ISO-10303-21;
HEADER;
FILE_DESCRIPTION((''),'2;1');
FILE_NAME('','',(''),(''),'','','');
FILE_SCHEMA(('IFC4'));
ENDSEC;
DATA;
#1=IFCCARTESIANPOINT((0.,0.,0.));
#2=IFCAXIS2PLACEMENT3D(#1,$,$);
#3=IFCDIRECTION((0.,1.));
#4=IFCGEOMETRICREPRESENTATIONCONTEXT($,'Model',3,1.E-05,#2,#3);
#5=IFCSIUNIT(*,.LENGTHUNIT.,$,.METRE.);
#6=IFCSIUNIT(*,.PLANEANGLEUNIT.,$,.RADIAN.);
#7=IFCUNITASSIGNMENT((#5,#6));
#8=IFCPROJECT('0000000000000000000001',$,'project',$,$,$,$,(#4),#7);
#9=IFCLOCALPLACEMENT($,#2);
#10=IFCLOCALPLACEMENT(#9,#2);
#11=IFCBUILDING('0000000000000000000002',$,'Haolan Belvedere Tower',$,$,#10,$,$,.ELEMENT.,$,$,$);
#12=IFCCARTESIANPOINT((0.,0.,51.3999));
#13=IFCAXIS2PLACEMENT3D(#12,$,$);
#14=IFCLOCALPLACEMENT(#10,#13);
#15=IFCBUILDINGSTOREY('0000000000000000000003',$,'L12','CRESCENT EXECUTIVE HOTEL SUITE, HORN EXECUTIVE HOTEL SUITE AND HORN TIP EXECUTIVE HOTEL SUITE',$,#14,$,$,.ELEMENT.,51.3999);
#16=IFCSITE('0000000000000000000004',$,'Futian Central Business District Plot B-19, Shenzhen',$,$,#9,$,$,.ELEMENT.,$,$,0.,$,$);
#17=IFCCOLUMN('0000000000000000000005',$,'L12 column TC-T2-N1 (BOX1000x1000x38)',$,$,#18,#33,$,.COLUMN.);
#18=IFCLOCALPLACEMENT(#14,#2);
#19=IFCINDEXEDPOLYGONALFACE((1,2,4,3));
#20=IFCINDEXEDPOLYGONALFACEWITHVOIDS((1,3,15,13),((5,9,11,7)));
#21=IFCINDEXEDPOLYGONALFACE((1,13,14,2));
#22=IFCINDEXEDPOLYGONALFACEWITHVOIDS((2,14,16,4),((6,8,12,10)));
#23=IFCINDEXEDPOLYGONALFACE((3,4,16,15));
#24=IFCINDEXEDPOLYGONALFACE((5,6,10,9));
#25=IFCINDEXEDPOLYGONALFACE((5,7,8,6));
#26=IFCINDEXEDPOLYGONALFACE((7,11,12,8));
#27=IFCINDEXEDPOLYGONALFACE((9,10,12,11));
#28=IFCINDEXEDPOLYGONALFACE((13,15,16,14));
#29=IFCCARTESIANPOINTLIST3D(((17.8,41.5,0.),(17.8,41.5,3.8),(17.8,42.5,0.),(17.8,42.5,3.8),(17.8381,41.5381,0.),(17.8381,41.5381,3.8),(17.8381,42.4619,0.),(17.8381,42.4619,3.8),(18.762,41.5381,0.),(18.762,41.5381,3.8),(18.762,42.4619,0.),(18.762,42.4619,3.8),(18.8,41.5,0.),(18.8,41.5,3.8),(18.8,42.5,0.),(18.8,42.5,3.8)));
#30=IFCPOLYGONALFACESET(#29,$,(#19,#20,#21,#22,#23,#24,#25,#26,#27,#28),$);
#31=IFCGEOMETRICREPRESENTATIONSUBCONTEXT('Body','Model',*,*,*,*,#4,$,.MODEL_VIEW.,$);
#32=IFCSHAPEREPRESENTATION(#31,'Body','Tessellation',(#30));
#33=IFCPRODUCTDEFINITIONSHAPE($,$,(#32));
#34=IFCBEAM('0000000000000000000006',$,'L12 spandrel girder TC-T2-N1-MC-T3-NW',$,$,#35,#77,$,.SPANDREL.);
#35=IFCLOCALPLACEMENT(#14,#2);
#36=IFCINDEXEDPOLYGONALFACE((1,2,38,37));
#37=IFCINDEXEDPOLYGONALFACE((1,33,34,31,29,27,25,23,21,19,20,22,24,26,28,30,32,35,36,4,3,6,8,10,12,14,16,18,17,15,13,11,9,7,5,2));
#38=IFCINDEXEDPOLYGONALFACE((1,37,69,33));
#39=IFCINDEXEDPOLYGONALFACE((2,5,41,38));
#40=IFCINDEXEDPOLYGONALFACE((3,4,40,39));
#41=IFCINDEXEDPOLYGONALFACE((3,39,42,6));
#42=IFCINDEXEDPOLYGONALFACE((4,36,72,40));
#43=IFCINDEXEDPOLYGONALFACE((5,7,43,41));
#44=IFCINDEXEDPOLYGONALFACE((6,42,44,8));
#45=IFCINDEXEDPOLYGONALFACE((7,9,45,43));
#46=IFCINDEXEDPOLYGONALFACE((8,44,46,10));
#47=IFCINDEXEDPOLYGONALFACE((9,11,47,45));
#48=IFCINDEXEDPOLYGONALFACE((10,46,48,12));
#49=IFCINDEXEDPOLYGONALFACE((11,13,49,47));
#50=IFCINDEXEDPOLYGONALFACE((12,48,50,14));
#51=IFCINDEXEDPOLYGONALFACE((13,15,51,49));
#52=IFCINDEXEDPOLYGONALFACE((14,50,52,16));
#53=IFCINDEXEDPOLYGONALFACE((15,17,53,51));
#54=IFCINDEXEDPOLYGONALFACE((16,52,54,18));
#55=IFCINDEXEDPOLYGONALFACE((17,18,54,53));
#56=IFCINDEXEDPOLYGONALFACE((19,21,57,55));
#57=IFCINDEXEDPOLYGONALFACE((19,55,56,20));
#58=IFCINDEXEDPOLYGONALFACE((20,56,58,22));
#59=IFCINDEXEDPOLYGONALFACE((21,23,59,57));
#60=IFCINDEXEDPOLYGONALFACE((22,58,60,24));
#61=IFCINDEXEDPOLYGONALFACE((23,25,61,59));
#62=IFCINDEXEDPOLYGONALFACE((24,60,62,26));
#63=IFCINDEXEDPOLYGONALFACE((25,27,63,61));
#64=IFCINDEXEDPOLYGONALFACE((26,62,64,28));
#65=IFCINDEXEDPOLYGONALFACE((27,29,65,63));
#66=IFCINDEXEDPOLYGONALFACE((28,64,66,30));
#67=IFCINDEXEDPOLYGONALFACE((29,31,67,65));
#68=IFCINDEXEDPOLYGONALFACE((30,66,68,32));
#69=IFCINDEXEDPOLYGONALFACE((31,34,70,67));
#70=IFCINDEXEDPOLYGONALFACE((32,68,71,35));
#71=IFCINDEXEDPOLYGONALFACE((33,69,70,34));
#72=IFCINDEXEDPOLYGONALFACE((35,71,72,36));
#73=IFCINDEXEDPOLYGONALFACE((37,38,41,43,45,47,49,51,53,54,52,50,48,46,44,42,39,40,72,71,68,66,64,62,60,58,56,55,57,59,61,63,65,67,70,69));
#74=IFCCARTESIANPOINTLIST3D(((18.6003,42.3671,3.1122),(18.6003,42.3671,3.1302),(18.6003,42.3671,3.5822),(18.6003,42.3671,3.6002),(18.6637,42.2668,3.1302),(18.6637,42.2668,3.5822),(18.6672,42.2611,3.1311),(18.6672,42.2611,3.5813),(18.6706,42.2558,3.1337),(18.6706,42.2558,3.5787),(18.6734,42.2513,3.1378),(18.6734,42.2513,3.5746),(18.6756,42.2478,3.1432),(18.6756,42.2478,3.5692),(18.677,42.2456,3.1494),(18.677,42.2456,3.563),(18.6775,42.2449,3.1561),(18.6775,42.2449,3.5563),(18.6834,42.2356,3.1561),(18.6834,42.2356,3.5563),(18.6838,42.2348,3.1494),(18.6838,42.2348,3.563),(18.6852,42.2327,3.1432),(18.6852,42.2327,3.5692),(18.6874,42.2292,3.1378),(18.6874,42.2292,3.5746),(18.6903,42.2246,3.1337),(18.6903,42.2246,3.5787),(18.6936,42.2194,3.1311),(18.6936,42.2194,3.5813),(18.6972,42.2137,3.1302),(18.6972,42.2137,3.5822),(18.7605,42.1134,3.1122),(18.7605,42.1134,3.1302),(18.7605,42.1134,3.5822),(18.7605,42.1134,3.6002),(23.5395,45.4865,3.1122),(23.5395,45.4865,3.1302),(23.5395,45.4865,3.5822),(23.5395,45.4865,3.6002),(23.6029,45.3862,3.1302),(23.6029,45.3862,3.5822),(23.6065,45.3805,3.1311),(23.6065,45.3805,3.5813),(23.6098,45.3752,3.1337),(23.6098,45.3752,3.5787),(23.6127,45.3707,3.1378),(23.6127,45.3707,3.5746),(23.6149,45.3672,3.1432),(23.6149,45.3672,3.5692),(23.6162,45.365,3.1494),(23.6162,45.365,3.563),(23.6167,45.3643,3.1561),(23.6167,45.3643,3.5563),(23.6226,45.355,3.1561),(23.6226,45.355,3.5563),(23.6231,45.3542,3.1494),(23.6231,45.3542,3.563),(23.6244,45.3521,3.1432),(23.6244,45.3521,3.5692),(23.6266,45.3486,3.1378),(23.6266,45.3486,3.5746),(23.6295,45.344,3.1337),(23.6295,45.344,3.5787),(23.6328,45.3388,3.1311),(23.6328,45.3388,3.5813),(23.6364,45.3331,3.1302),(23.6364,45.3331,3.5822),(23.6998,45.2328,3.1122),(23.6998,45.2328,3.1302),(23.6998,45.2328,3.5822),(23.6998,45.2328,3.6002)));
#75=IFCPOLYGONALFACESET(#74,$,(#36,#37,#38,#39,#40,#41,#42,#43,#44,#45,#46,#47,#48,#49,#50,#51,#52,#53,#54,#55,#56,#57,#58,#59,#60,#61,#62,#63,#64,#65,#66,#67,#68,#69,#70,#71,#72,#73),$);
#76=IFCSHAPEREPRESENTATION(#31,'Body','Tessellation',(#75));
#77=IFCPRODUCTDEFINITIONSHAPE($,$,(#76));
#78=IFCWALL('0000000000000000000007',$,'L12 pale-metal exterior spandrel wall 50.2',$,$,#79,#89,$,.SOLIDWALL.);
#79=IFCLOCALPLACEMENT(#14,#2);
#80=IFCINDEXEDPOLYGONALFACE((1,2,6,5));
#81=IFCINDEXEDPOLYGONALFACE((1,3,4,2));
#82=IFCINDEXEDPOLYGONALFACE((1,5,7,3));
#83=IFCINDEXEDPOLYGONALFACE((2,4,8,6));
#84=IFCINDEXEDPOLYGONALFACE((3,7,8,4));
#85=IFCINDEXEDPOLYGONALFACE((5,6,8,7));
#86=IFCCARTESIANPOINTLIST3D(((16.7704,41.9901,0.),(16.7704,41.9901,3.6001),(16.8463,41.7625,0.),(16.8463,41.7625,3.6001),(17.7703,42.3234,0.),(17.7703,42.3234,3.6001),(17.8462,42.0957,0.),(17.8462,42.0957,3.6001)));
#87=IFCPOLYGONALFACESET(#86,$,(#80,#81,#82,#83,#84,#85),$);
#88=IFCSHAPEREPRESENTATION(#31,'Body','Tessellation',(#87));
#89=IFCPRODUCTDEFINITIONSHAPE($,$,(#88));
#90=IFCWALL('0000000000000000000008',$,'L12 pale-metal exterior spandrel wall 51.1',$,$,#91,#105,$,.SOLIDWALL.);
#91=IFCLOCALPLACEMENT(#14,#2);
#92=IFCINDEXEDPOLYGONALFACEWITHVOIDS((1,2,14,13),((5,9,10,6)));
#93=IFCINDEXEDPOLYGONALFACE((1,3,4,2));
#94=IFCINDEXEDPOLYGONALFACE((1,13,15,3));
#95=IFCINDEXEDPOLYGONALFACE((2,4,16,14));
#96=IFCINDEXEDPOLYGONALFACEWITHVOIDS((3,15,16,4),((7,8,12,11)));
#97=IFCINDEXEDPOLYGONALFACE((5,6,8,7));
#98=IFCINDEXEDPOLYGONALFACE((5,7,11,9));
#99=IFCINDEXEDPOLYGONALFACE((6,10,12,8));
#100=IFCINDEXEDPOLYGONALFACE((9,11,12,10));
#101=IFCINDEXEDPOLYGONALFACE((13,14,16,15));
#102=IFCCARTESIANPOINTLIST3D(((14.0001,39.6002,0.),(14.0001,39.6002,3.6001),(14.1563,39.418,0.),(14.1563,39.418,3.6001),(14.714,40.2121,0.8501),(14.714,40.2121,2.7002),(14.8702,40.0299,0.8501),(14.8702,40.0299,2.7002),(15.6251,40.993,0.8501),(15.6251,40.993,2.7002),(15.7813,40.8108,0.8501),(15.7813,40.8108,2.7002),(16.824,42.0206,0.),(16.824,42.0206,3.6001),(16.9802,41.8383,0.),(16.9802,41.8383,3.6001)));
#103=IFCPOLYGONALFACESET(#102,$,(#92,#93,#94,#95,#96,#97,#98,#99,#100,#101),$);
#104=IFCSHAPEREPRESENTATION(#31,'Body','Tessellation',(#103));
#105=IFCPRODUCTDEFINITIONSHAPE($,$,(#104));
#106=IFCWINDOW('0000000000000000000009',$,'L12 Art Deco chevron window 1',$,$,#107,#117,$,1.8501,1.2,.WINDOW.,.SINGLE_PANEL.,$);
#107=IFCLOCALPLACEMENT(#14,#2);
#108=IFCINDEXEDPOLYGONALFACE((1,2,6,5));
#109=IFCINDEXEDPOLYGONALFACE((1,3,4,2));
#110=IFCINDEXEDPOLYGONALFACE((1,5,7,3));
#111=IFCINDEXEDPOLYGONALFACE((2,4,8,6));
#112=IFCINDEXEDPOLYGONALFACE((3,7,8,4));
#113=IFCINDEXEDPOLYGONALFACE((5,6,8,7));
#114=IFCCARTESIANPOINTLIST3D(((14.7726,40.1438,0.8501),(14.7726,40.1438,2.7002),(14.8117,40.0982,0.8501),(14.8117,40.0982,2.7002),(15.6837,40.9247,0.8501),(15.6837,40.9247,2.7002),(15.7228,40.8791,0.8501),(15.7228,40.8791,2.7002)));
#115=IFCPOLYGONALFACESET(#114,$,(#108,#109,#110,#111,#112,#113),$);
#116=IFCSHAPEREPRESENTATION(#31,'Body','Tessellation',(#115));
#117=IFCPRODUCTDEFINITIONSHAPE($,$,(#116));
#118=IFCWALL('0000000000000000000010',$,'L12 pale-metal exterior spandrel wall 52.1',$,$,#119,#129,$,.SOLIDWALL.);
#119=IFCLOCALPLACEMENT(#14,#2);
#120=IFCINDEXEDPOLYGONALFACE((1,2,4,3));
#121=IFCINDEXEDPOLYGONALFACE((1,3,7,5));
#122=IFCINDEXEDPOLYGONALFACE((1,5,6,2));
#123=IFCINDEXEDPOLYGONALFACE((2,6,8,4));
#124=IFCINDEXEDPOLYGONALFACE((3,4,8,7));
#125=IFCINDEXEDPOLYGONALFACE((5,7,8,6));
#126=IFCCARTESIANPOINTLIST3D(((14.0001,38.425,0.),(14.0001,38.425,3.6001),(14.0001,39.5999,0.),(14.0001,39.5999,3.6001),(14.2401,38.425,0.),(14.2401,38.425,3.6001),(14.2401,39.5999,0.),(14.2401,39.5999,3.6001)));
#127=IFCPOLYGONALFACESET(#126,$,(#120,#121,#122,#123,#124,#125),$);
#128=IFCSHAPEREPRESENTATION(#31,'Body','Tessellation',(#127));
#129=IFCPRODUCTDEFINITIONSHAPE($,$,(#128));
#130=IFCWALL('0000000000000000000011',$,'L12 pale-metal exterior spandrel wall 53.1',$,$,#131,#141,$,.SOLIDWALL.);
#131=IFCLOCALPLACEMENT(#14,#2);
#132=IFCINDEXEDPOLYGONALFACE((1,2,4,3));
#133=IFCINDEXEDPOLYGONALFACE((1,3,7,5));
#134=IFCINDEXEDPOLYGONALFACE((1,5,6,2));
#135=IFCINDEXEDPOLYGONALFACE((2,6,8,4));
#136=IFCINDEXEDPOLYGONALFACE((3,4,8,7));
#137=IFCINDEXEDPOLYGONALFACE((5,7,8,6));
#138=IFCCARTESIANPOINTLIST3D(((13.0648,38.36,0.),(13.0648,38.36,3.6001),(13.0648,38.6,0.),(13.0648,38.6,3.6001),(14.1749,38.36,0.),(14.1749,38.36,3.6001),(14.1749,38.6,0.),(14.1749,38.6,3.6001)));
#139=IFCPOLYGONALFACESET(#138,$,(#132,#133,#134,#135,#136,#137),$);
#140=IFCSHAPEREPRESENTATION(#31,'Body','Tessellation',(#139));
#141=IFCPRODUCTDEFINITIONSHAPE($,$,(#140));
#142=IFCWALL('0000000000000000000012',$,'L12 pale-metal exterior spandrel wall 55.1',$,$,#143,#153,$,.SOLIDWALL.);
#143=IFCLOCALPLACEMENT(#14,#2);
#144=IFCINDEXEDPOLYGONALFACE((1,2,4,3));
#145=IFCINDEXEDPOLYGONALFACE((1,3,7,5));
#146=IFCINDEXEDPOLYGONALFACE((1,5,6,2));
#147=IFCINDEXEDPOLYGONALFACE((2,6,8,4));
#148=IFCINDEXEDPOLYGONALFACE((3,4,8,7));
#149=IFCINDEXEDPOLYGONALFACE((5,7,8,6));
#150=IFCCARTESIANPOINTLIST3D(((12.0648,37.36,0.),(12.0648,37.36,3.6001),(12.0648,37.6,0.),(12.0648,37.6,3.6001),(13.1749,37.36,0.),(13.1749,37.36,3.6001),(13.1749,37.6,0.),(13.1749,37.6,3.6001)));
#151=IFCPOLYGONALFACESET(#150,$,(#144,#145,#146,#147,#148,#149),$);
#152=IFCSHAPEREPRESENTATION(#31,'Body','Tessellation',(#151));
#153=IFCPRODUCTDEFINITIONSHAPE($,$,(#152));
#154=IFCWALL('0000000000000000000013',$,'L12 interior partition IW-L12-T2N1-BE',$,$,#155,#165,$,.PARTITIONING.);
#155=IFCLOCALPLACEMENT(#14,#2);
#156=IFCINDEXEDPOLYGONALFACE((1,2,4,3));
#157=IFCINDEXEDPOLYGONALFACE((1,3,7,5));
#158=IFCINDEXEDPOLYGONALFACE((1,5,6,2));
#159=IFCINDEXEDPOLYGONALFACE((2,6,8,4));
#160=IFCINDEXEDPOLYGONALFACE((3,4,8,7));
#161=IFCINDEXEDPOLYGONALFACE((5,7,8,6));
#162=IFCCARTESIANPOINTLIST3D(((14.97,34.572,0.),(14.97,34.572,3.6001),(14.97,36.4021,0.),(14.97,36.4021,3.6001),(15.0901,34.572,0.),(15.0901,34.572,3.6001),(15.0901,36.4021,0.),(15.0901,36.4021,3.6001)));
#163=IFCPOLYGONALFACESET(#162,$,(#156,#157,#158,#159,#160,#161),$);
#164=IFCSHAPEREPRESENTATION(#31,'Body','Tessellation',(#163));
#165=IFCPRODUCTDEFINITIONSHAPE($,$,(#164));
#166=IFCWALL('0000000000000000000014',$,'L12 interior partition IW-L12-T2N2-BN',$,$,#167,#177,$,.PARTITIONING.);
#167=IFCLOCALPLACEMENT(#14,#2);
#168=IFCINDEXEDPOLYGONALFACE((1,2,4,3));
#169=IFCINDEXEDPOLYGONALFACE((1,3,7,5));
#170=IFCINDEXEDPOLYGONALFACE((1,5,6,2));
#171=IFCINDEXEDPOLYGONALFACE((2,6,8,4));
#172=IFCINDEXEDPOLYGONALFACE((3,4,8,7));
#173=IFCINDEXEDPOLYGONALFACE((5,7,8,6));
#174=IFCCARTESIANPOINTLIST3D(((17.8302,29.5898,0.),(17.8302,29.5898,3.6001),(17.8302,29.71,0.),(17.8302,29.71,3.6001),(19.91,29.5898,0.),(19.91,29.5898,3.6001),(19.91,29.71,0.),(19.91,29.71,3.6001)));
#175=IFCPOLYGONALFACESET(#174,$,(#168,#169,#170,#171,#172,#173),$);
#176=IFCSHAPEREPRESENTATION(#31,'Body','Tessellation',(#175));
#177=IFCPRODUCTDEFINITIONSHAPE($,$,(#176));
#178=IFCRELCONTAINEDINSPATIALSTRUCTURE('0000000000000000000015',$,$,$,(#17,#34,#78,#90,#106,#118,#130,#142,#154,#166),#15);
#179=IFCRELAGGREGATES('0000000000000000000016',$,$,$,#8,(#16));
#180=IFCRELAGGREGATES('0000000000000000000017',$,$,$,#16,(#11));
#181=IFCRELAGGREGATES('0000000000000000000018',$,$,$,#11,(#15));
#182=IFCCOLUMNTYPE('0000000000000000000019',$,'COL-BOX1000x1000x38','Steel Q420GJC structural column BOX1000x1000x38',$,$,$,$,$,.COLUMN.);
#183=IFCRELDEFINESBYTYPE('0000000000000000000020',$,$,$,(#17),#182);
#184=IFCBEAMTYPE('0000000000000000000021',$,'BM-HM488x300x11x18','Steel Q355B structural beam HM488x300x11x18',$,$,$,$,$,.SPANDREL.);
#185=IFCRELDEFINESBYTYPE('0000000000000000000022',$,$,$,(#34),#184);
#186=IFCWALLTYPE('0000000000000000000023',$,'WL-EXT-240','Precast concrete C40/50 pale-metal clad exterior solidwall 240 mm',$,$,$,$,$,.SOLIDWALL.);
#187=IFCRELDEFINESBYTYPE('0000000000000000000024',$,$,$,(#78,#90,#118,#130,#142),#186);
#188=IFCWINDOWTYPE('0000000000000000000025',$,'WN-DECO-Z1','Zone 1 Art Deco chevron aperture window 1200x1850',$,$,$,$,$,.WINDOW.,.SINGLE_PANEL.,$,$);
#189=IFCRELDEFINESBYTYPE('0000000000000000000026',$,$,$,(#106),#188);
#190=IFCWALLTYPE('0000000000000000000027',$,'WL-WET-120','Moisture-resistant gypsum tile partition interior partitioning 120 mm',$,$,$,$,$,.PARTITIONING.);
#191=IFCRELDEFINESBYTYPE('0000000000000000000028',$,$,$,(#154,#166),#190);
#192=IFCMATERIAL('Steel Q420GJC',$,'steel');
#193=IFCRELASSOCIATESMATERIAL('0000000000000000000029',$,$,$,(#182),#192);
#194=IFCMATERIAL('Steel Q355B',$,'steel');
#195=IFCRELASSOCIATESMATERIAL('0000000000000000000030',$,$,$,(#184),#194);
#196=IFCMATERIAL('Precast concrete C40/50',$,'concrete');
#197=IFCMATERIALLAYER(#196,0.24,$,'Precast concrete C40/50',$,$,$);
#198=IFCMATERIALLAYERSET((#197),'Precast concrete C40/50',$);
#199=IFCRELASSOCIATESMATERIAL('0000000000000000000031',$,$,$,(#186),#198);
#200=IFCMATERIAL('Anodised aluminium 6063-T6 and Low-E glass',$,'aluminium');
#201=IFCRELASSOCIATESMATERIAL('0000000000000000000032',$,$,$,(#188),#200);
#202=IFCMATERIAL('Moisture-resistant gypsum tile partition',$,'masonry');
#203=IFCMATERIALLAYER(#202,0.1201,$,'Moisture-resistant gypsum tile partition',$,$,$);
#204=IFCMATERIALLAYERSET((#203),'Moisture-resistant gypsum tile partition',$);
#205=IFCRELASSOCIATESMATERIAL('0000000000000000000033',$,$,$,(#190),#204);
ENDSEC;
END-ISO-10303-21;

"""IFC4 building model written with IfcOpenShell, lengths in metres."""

from ifc_helpers import new_model, si_unit, direction, frame, frame_2d, origin, origin_2d, place, context, subcontext, project, spatial, rectangle, hollow_rectangle, i_section, extrude, material, layer, layer_set, material_profile, profile_set, type_object, element, fill, save


model = new_model("IFC4")

# Units and contexts
model_context = context("Model", 3, precision=1e-05, world=origin(), true_north=direction((0.0, 1.0)))
body_context = subcontext(model_context, "Body", "Model", "MODEL_VIEW")
ifc_project = project(units=[si_unit("LENGTHUNIT", "METRE"), si_unit("PLANEANGLEUNIT", "RADIAN")], contexts=[model_context])

# Site, building, storey
site_placement = place(None, origin())
site = spatial("IfcSite", under=ifc_project, at=site_placement, Name="Futian Central Business District Plot B-19, Shenzhen", CompositionType="ELEMENT", RefElevation=0.0)
building_placement = place(site_placement, origin())
building = spatial("IfcBuilding", under=site, at=building_placement, Name="Haolan Belvedere Tower", CompositionType="ELEMENT")
storey_placement = place(building_placement, frame((0.0, 0.0, 51.3999)))
storey = spatial("IfcBuildingStorey", under=building, at=storey_placement, Name="L12", Description="CRESCENT EXECUTIVE HOTEL SUITE, HORN EXECUTIVE HOTEL SUITE AND HORN TIP EXECUTIVE HOTEL SUITE", CompositionType="ELEMENT", Elevation=51.3999)

# Column
ifc_material_1 = material(Name="Steel Q420GJC", Category="steel")
ifc_material_profile_1 = material_profile(ifc_material_1, hollow_rectangle(XDim=1.0, YDim=1.0, WallThickness=0.0381, at=origin_2d()), Name="Steel Q420GJC")
ifc_profile_set_1 = profile_set([ifc_material_profile_1], Name="Steel Q420GJC")
column_type = type_object("IfcColumnType", Name="COL-BOX1000x1000x38", Description="Steel Q420GJC structural column BOX1000x1000x38", PredefinedType="COLUMN", material=ifc_profile_set_1)
column_placement = place(storey_placement, frame((18.3, 42.0, 0.0), z_axis=(0.0, 0.0, 1.0), x_axis=(1.0, 0.0, 0.0)))
element("IfcColumn", 1, at=column_placement, inside=storey, type_object=column_type, Name="L12 column TC-T2-N1 (BOX1000x1000x38)", PredefinedType="COLUMN", context=body_context, shape_type="SweptSolid", body=[
    extrude(hollow_rectangle(XDim=1.0, YDim=1.0, WallThickness=0.0381, at=origin_2d()), origin(), (0.0, 0.0, 1.0), 3.8),
])

# Beam
ifc_material_2 = material(Name="Steel Q355B", Category="steel")
ifc_material_profile_2 = material_profile(ifc_material_2, i_section(OverallWidth=0.3, OverallDepth=0.488, WebThickness=0.011, FlangeThickness=0.0181, FilletRadius=0.0259, at=origin_2d()), Name="Steel Q355B")
ifc_profile_set_2 = profile_set([ifc_material_profile_2], Name="Steel Q355B")
beam_type = type_object("IfcBeamType", Name="BM-HM488x300x11x18", Description="Steel Q355B structural beam HM488x300x11x18", PredefinedType="SPANDREL", material=ifc_profile_set_2)
beam_placement = place(storey_placement, frame((18.6804, 42.2402, 3.3562), z_axis=(0.845498, 0.533979, 0.0), x_axis=(-0.533979, 0.845498, 0.0)))
element("IfcBeam", 2, at=beam_placement, inside=storey, type_object=beam_type, Name="L12 spandrel girder TC-T2-N1-MC-T3-NW", PredefinedType="SPANDREL", context=body_context, shape_type="SweptSolid", body=[
    extrude(i_section(OverallWidth=0.3, OverallDepth=0.488, WebThickness=0.011, FlangeThickness=0.0181, FilletRadius=0.0259, at=origin_2d()), origin(), (0.0, 0.0, 1.0), 5.8418),
])

# Wall
ifc_material_3 = material(Name="Precast concrete C40/50", Category="concrete")
ifc_layer_1 = layer(ifc_material_3, 0.24, Name="Precast concrete C40/50")
ifc_layer_set_1 = layer_set([ifc_layer_1], Name="Precast concrete C40/50")
wall_type_1 = type_object("IfcWallType", Name="WL-EXT-240", Description="Precast concrete C40/50 pale-metal clad exterior solidwall 240 mm", PredefinedType="SOLIDWALL", material=ifc_layer_set_1)
wall_1_placement = place(storey_placement, frame((17.8081, 42.2095, 0.0), z_axis=(0.0, 0.0, 1.0), x_axis=(-0.948706, -0.316158, 0.0)))
element("IfcWall", 3, at=wall_1_placement, inside=storey, type_object=wall_type_1, Name="L12 pale-metal exterior spandrel wall 50.2", PredefinedType="SOLIDWALL", context=body_context, shape_type="SweptSolid", body=[
    extrude(rectangle(XDim=1.054, YDim=0.24, at=frame_2d((0.5269, 0.0))), origin(), (0.0, 0.0, 1.0), 3.6001),
])

# Wall, opening, window
wall_2_placement = place(storey_placement, frame((16.9021, 41.9294, 0.0), z_axis=(0.0, 0.0, 1.0), x_axis=(-0.759275, -0.65077, 0.0)))
wall_2 = element("IfcWall", 4, at=wall_2_placement, inside=storey, type_object=wall_type_1, Name="L12 pale-metal exterior spandrel wall 51.1", PredefinedType="SOLIDWALL", context=body_context, shape_type="SweptSolid", body=[
    extrude(rectangle(XDim=3.7192, YDim=0.24, at=frame_2d((1.8596, 0.0))), origin(), (0.0, 0.0, 1.0), 3.6001),
])
opening_1_placement = place(wall_2_placement, frame((1.5789, 0.0, 0.8501)))
opening_1 = element("IfcOpeningElement", 5, at=opening_1_placement, cuts=wall_2, PredefinedType="OPENING", context=body_context, shape_type="SweptSolid", body=[
    extrude(rectangle(XDim=1.2, YDim=1.8501, at=frame_2d((0.6001, 0.925))), frame((0.0, 0.1299, 0.0), z_axis=(0.0, -1.0, 0.0), x_axis=(1.0, 0.0, 0.0)), (0.0, 0.0, 1.0), 0.26),
])
ifc_material_4 = material(Name="Anodised aluminium 6063-T6 and Low-E glass", Category="aluminium")
window_type = type_object("IfcWindowType", Name="WN-DECO-Z1", Description="Zone 1 Art Deco chevron aperture window 1200x1850", PartitioningType="SINGLE_PANEL", PredefinedType="WINDOW", material=ifc_material_4)
window_placement = place(opening_1_placement, origin())
window = element("IfcWindow", 6, at=window_placement, inside=storey, type_object=window_type, Name="L12 Art Deco chevron window 1", OverallHeight=1.8501, OverallWidth=1.2, PartitioningType="SINGLE_PANEL", PredefinedType="WINDOW", context=body_context, shape_type="SweptSolid", body=[
    extrude(rectangle(XDim=1.2, YDim=1.8501, at=frame_2d((0.6001, 0.925))), frame((0.0, 0.03, 0.0), z_axis=(0.0, -1.0, 0.0), x_axis=(1.0, 0.0, 0.0)), (0.0, 0.0, 1.0), 0.0601),
])
fill(opening_1, window)

# Walls
wall_3_placement = place(storey_placement, frame((14.1201, 39.5999, 0.0), z_axis=(0.0, 0.0, 1.0), x_axis=(0.0, -1.0, 0.0)))
element("IfcWall", 7, at=wall_3_placement, inside=storey, type_object=wall_type_1, Name="L12 pale-metal exterior spandrel wall 52.1", PredefinedType="SOLIDWALL", context=body_context, shape_type="SweptSolid", body=[
    extrude(rectangle(XDim=1.1748, YDim=0.24, at=frame_2d((0.5874, 0.0))), origin(), (0.0, 0.0, 1.0), 3.6001),
])
for number, where, z_axis, x_axis, name in (
    (8, (14.175, 38.48, 0.0), (0.0, 0.0, 1.0), (-1.0, 0.0, 0.0), "L12 pale-metal exterior spandrel wall 53.1"),
    (9, (13.175, 37.48, 0.0), (0.0, 0.0, 1.0), (-1.0, 0.0, 0.0), "L12 pale-metal exterior spandrel wall 55.1"),
):
    element("IfcWall", number, at=place(storey_placement, frame(where, z_axis=z_axis, x_axis=x_axis)), inside=storey, type_object=wall_type_1, Name=name, PredefinedType="SOLIDWALL", context=body_context, shape_type="SweptSolid", body=[
        extrude(rectangle(XDim=1.1101, YDim=0.24, at=frame_2d((0.5552, 0.0))), origin(), (0.0, 0.0, 1.0), 3.6001),
    ])
ifc_material_5 = material(Name="Moisture-resistant gypsum tile partition", Category="masonry")
ifc_layer_2 = layer(ifc_material_5, 0.1201, Name="Moisture-resistant gypsum tile partition")
ifc_layer_set_2 = layer_set([ifc_layer_2], Name="Moisture-resistant gypsum tile partition")
wall_type_2 = type_object("IfcWallType", Name="WL-WET-120", Description="Moisture-resistant gypsum tile partition interior partitioning 120 mm", PredefinedType="PARTITIONING", material=ifc_layer_set_2)
wall_4_placement = place(storey_placement, frame((15.03, 34.572, 0.0), z_axis=(0.0, 0.0, 1.0), x_axis=(0.0, 1.0, 0.0)))
element("IfcWall", 10, at=wall_4_placement, inside=storey, type_object=wall_type_2, Name="L12 interior partition IW-L12-T2N1-BE", PredefinedType="PARTITIONING", context=body_context, shape_type="SweptSolid", body=[
    extrude(rectangle(XDim=1.8301, YDim=0.1201, at=frame_2d((0.915, 0.0))), origin(), (0.0, 0.0, 1.0), 3.6001),
])
wall_5_placement = place(storey_placement, frame((17.8301, 29.6499, 0.0), z_axis=(0.0, 0.0, 1.0), x_axis=(1.0, 0.0, 0.0)))
element("IfcWall", 11, at=wall_5_placement, inside=storey, type_object=wall_type_2, Name="L12 interior partition IW-L12-T2N2-BN", PredefinedType="PARTITIONING", context=body_context, shape_type="SweptSolid", body=[
    extrude(rectangle(XDim=2.0798, YDim=0.1201, at=frame_2d((1.04, 0.0))), origin(), (0.0, 0.0, 1.0), 3.6001),
])

save(model, "model.ifc")
